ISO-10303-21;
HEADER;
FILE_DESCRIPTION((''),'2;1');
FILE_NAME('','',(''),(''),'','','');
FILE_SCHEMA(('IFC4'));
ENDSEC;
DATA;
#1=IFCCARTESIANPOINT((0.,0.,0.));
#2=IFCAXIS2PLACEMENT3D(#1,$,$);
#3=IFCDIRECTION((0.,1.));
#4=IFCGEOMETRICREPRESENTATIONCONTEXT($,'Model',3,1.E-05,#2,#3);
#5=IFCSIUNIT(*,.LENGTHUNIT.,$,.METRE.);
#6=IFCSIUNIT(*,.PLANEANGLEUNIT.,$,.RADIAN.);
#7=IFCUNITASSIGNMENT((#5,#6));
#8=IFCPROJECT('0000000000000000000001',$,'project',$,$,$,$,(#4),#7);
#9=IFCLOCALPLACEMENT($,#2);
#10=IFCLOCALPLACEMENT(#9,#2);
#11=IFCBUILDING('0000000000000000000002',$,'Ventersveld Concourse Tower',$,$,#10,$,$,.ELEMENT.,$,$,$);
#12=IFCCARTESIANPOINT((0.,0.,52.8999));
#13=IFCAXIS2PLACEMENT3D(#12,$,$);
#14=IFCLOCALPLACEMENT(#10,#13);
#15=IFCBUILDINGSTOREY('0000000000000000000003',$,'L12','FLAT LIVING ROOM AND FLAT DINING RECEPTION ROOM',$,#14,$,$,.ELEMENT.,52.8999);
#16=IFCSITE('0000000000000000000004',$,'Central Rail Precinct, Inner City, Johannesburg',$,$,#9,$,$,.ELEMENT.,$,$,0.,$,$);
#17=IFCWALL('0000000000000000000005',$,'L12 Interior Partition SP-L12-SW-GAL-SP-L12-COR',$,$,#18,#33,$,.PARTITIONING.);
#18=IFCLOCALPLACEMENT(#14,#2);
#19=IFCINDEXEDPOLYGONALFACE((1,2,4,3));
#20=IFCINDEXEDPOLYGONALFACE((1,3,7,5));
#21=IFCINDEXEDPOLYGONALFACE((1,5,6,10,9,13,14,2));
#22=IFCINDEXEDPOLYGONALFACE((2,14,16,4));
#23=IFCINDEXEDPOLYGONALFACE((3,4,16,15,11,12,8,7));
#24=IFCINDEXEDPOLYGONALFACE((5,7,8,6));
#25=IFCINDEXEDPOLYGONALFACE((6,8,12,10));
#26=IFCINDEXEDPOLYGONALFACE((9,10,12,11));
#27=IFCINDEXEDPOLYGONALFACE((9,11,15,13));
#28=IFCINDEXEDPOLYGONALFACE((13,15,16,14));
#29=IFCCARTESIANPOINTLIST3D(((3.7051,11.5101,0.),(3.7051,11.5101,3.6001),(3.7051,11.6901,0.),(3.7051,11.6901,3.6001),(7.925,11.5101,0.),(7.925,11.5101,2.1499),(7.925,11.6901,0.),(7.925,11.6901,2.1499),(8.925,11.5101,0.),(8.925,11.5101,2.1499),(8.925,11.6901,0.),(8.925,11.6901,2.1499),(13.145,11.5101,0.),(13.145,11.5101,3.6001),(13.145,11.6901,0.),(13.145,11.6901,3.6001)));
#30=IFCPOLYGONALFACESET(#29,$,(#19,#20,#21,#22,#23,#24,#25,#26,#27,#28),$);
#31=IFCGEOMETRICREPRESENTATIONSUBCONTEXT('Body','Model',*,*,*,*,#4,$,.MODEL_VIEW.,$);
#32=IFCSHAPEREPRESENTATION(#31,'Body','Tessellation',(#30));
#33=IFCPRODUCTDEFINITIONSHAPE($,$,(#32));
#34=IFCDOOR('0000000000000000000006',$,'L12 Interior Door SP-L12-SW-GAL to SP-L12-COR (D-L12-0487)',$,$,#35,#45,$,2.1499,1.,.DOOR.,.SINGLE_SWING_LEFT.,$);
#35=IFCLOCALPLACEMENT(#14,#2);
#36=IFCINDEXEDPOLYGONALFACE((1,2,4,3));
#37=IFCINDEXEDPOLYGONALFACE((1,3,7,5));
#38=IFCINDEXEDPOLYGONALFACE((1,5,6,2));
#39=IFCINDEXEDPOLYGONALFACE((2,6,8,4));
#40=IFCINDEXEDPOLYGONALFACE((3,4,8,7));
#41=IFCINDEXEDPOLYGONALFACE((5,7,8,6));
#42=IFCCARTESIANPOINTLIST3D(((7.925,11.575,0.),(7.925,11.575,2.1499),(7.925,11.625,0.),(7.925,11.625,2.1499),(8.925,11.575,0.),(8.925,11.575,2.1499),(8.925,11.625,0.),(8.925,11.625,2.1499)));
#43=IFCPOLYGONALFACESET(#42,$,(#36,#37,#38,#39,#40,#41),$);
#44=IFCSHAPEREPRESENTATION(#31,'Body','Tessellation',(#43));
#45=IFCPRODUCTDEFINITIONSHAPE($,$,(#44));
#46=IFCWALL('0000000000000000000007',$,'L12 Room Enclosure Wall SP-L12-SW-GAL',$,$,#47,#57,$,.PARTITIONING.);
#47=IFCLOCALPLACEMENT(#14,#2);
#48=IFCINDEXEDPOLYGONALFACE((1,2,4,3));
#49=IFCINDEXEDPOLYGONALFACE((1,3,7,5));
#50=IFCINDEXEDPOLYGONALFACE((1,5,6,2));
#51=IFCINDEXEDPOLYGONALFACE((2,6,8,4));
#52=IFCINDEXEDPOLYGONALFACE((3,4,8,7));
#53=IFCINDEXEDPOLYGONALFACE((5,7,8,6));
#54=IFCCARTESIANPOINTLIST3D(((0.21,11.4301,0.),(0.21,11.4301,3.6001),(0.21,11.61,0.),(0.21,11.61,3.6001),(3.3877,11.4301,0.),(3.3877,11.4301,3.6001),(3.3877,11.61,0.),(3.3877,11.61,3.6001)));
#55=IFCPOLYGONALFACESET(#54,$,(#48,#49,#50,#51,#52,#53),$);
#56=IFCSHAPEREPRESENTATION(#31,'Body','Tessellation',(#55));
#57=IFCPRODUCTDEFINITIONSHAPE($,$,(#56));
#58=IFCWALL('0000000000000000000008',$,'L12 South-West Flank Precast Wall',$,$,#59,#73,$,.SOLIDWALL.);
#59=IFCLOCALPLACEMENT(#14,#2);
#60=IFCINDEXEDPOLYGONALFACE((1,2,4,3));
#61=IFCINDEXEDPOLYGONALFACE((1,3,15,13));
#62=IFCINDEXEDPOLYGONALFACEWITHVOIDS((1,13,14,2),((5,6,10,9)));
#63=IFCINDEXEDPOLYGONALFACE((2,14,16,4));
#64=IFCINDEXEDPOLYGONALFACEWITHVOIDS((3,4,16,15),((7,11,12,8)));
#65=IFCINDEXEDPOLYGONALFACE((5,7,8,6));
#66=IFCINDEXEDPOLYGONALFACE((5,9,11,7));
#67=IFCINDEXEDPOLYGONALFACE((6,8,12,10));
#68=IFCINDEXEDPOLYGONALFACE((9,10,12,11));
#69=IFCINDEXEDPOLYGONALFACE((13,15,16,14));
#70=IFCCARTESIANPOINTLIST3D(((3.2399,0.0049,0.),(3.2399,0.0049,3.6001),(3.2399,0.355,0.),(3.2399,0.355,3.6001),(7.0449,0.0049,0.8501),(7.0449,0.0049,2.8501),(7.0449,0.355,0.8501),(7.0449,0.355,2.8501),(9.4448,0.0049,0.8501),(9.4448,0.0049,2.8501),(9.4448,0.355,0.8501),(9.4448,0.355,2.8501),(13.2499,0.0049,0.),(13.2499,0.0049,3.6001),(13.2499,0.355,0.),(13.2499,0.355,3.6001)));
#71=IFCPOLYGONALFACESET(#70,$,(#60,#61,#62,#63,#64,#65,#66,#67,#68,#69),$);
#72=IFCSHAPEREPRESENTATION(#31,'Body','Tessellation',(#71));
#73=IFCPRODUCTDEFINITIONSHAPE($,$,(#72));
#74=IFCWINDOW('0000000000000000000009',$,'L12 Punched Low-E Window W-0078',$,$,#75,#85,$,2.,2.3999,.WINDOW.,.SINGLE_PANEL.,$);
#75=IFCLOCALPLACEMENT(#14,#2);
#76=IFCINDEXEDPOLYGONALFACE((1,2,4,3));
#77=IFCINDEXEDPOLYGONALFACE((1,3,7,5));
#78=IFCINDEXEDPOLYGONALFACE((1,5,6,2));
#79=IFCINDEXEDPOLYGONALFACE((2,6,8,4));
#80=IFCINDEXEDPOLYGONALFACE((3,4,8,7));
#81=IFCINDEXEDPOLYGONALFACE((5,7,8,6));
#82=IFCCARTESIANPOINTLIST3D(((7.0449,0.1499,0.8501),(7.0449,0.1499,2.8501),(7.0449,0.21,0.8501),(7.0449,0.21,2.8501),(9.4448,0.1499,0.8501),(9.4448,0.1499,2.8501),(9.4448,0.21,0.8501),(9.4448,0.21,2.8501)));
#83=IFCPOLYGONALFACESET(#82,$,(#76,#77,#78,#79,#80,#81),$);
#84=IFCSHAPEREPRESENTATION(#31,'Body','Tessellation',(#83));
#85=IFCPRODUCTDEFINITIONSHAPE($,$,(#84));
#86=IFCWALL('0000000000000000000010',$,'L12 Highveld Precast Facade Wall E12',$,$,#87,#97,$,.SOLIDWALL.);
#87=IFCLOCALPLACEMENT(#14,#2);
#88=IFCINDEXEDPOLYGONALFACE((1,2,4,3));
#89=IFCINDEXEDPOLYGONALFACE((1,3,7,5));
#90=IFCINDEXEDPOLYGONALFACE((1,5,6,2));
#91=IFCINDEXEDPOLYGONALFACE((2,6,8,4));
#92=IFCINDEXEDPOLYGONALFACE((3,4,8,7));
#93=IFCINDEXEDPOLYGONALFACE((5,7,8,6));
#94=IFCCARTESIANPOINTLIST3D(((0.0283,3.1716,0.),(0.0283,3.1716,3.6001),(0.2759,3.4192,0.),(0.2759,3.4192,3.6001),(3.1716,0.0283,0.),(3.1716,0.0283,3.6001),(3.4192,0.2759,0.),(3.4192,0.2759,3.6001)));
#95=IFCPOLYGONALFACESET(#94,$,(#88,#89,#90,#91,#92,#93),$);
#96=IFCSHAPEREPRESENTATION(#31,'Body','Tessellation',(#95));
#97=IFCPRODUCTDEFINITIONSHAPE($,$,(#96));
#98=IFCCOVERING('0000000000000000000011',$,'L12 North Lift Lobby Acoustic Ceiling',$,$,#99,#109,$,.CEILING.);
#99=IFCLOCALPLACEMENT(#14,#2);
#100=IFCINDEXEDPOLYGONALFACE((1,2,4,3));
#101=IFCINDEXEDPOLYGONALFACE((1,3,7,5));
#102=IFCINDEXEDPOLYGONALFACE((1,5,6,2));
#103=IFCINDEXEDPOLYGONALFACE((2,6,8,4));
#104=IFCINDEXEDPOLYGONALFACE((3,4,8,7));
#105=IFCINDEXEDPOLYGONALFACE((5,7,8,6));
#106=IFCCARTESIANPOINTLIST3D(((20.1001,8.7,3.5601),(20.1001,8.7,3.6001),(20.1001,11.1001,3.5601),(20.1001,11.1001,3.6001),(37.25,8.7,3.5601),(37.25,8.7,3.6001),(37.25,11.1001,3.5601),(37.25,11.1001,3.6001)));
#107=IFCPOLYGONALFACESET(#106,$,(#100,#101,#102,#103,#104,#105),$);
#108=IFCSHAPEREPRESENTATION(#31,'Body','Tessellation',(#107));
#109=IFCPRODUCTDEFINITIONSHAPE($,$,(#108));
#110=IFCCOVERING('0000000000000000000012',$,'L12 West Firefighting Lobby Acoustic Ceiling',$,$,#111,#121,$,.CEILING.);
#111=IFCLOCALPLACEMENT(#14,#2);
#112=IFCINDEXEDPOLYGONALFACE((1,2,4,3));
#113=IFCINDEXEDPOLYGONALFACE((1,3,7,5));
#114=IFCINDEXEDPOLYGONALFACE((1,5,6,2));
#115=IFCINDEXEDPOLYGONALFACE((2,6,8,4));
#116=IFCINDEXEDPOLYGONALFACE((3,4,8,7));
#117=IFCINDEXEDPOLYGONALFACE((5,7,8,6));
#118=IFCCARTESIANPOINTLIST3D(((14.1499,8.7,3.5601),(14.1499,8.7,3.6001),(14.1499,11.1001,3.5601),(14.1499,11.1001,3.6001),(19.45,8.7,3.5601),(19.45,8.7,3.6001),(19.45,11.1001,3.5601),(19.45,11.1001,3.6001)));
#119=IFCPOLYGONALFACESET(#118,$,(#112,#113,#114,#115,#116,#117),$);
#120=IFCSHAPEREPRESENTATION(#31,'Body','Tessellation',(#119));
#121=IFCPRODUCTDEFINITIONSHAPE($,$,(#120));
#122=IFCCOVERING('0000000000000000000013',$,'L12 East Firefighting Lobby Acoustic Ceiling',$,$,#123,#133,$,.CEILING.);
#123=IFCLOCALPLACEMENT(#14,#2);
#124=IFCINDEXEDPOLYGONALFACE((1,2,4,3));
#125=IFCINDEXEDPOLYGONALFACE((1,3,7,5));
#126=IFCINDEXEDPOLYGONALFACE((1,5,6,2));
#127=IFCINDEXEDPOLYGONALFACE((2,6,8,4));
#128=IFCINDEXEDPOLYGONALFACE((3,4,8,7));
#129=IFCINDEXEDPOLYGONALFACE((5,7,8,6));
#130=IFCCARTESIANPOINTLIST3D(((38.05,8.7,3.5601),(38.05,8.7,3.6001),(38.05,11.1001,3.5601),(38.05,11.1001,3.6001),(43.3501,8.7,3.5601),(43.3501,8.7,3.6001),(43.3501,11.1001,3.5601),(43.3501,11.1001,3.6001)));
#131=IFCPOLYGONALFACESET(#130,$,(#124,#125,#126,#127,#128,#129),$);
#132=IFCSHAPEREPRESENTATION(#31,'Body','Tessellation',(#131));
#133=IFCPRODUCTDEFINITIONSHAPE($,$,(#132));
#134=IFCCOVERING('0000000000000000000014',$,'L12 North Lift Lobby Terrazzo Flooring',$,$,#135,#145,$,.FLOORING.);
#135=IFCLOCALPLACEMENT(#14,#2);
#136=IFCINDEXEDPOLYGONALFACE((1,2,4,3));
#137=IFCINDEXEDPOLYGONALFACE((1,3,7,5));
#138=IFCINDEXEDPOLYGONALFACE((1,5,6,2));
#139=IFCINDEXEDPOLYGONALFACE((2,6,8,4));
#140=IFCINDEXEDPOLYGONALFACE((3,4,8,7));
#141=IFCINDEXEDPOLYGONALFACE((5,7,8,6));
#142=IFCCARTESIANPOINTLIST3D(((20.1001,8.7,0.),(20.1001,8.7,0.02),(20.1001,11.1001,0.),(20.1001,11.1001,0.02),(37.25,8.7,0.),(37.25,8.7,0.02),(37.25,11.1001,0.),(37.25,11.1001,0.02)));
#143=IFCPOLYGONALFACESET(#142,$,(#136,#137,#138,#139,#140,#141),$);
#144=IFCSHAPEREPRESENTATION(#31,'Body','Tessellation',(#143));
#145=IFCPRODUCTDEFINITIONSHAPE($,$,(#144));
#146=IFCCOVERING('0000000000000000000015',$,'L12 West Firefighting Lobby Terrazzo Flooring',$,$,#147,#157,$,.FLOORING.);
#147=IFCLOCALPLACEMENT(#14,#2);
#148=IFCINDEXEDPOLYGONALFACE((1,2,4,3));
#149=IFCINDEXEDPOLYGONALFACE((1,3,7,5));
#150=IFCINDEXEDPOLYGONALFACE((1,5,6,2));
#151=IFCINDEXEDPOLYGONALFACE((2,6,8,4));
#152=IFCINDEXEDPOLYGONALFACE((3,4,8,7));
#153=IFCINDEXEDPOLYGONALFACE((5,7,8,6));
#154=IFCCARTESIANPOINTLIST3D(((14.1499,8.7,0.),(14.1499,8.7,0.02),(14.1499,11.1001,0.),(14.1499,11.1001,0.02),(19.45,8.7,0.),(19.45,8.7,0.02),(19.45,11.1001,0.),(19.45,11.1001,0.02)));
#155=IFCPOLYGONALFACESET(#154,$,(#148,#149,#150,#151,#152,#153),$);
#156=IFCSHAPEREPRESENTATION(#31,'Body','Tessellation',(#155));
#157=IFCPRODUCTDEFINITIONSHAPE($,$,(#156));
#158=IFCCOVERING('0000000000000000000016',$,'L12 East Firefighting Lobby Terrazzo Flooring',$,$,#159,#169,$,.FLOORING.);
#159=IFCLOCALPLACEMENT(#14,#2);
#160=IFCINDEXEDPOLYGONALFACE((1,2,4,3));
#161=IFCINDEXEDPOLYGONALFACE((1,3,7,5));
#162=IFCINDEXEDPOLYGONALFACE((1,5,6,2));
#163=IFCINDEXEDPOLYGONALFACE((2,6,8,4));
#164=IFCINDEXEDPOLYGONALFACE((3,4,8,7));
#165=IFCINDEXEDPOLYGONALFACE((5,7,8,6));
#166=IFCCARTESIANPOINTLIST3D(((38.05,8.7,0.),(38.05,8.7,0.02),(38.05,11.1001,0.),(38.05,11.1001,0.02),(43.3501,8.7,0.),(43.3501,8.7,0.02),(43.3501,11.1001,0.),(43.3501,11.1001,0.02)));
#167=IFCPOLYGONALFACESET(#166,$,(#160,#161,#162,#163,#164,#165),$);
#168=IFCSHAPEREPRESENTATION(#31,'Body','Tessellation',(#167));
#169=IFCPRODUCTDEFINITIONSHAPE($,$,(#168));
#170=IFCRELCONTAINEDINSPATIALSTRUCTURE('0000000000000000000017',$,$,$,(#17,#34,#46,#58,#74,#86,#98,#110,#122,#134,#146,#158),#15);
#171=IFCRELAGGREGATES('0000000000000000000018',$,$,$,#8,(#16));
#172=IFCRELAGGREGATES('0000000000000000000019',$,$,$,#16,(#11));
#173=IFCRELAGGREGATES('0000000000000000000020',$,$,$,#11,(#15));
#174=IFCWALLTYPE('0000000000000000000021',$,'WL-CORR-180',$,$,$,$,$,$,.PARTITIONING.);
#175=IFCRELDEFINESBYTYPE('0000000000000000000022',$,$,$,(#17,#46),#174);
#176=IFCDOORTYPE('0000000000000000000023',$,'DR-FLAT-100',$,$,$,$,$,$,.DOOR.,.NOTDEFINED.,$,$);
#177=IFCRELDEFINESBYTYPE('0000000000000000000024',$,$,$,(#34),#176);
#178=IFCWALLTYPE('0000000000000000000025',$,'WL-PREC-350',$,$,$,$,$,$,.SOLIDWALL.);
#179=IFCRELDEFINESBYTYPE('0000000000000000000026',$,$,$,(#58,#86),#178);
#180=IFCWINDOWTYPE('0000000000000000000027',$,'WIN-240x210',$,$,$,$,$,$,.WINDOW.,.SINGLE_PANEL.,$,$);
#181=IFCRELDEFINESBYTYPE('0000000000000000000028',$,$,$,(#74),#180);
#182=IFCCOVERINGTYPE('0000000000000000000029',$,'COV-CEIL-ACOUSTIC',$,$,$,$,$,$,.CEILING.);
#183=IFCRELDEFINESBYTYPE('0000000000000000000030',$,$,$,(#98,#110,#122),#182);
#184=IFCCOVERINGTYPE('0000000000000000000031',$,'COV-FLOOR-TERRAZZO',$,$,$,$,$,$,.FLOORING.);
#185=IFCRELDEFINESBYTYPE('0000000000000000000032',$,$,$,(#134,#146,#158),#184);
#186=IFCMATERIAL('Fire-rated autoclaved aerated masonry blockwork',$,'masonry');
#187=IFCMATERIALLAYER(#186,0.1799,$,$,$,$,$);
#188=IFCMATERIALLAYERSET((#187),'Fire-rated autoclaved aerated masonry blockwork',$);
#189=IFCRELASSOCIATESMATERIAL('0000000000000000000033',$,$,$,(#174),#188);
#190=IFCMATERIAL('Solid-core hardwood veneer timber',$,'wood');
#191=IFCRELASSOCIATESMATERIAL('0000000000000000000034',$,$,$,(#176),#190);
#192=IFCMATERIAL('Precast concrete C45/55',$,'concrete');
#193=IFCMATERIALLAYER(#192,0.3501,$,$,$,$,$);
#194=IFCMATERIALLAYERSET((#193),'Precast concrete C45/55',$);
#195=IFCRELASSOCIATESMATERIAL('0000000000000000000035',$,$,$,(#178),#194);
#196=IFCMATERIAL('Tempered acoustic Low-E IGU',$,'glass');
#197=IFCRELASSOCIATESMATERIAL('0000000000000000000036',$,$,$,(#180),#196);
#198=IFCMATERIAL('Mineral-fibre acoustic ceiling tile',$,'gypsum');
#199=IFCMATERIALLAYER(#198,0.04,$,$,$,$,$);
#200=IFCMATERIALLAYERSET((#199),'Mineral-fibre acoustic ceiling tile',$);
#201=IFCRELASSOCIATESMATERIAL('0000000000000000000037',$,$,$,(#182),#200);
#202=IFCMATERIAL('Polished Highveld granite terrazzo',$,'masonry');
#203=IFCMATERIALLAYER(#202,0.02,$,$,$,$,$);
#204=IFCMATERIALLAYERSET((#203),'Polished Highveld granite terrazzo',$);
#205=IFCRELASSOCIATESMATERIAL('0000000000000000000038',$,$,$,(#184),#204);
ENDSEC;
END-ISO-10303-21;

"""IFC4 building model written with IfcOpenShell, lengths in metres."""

from ifc_helpers import new_model, si_unit, direction, frame, frame_2d, origin, place, context, subcontext, project, spatial, polyline, rectangle, outline, extrude, material, layer, layer_set, type_object, element, fill, save


model = new_model("IFC4")

# Units and contexts
model_context = context("Model", 3, precision=1e-05, world=origin(), true_north=direction((0.0, 1.0)))
body_context = subcontext(model_context, "Body", "Model", "MODEL_VIEW")
ifc_project = project(units=[si_unit("LENGTHUNIT", "METRE"), si_unit("PLANEANGLEUNIT", "RADIAN")], contexts=[model_context])

# Site, building, storey
site_placement = place(None, origin())
site = spatial("IfcSite", under=ifc_project, at=site_placement, Name="Central Rail Precinct, Inner City, Johannesburg", CompositionType="ELEMENT", RefElevation=0.0)
building_placement = place(site_placement, origin())
building = spatial("IfcBuilding", under=site, at=building_placement, Name="Ventersveld Concourse Tower", CompositionType="ELEMENT")
storey_placement = place(building_placement, frame((0.0, 0.0, 52.8999)))
storey = spatial("IfcBuildingStorey", under=building, at=storey_placement, Name="L12", Description="FLAT LIVING ROOM AND FLAT DINING RECEPTION ROOM", CompositionType="ELEMENT", Elevation=52.8999)

# Wall, opening, door
ifc_material_1 = material(Name="Fire-rated autoclaved aerated masonry blockwork", Category="masonry")
ifc_layer_1 = layer(ifc_material_1, 0.1799)
ifc_layer_set_1 = layer_set([ifc_layer_1], Name="Fire-rated autoclaved aerated masonry blockwork")
wall_type_1 = type_object("IfcWallType", Name="WL-CORR-180", PredefinedType="PARTITIONING", material=ifc_layer_set_1)
wall_1_placement = place(storey_placement, frame((3.7051, 11.6001, 0.0), z_axis=(0.0, 0.0, 1.0), x_axis=(1.0, 0.0, 0.0)))
wall_1 = element("IfcWall", 1, at=wall_1_placement, inside=storey, type_object=wall_type_1, Name="L12 Interior Partition SP-L12-SW-GAL-SP-L12-COR", PredefinedType="PARTITIONING", context=body_context, shape_type="SweptSolid", body=[
    extrude(rectangle(XDim=9.4399, YDim=0.1799, at=frame_2d((4.72, 0.0))), origin(), (0.0, 0.0, 1.0), 3.6001),
])
opening_1_placement = place(wall_1_placement, frame((4.22, 0.0, 0.0)))
opening_1 = element("IfcOpeningElement", 2, at=opening_1_placement, cuts=wall_1, PredefinedType="OPENING", context=body_context, shape_type="SweptSolid", body=[
    extrude(rectangle(XDim=1.0, YDim=2.1499, at=frame_2d((0.5, 1.075))), frame((0.0, 0.1001, 0.0), z_axis=(0.0, -1.0, 0.0), x_axis=(1.0, 0.0, 0.0)), (0.0, 0.0, 1.0), 0.2),
])
ifc_material_2 = material(Name="Solid-core hardwood veneer timber", Category="wood")
door_type = type_object("IfcDoorType", Name="DR-FLAT-100", OperationType="NOTDEFINED", PredefinedType="DOOR", material=ifc_material_2)
door_placement = place(opening_1_placement, origin())
door = element("IfcDoor", 3, at=door_placement, inside=storey, type_object=door_type, Name="L12 Interior Door SP-L12-SW-GAL to SP-L12-COR (D-L12-0487)", OperationType="SINGLE_SWING_LEFT", OverallHeight=2.1499, OverallWidth=1.0, PredefinedType="DOOR", context=body_context, shape_type="SweptSolid", body=[
    extrude(rectangle(XDim=1.0, YDim=2.1499, at=frame_2d((0.5, 1.075))), frame((0.0, 0.0249, 0.0), z_axis=(0.0, -1.0, 0.0), x_axis=(1.0, 0.0, 0.0)), (0.0, 0.0, 1.0), 0.05),
])
fill(opening_1, door)

# Wall
wall_2_placement = place(storey_placement, frame((0.21, 11.52, 0.0), z_axis=(0.0, 0.0, 1.0), x_axis=(1.0, 0.0, 0.0)))
element("IfcWall", 4, at=wall_2_placement, inside=storey, type_object=wall_type_1, Name="L12 Room Enclosure Wall SP-L12-SW-GAL", PredefinedType="PARTITIONING", context=body_context, shape_type="SweptSolid", body=[
    extrude(rectangle(XDim=3.1777, YDim=0.1799, at=frame_2d((1.5889, 0.0))), origin(), (0.0, 0.0, 1.0), 3.6001),
])

# Wall, opening, window
ifc_material_3 = material(Name="Precast concrete C45/55", Category="concrete")
ifc_layer_2 = layer(ifc_material_3, 0.3501)
ifc_layer_set_2 = layer_set([ifc_layer_2], Name="Precast concrete C45/55")
wall_type_2 = type_object("IfcWallType", Name="WL-PREC-350", PredefinedType="SOLIDWALL", material=ifc_layer_set_2)
wall_3_placement = place(storey_placement, frame((3.24, 0.1799, 0.0), z_axis=(0.0, 0.0, 1.0), x_axis=(1.0, 0.0, 0.0)))
wall_3 = element("IfcWall", 5, at=wall_3_placement, inside=storey, type_object=wall_type_2, Name="L12 South-West Flank Precast Wall", PredefinedType="SOLIDWALL", context=body_context, shape_type="SweptSolid", body=[
    extrude(rectangle(XDim=10.01, YDim=0.3501, at=frame_2d((5.0049, 0.0))), origin(), (0.0, 0.0, 1.0), 3.6001),
])
opening_2_placement = place(wall_3_placement, frame((3.8049, 0.0, 0.8501)))
opening_2 = element("IfcOpeningElement", 6, at=opening_2_placement, cuts=wall_3, PredefinedType="OPENING", context=body_context, shape_type="SweptSolid", body=[
    extrude(rectangle(XDim=2.3999, YDim=2.0, at=frame_2d((1.2, 1.0))), frame((0.0, 0.1851, 0.0), z_axis=(0.0, -1.0, 0.0), x_axis=(1.0, 0.0, 0.0)), (0.0, 0.0, 1.0), 0.3701),
])
ifc_material_4 = material(Name="Tempered acoustic Low-E IGU", Category="glass")
window_type = type_object("IfcWindowType", Name="WIN-240x210", PartitioningType="SINGLE_PANEL", PredefinedType="WINDOW", material=ifc_material_4)
window_placement = place(opening_2_placement, origin())
window = element("IfcWindow", 7, at=window_placement, inside=storey, type_object=window_type, Name="L12 Punched Low-E Window W-0078", OverallHeight=2.0, OverallWidth=2.3999, PartitioningType="SINGLE_PANEL", PredefinedType="WINDOW", context=body_context, shape_type="SweptSolid", body=[
    extrude(rectangle(XDim=2.3999, YDim=2.0, at=frame_2d((1.2, 1.0))), frame((0.0, 0.03, 0.0), z_axis=(0.0, -1.0, 0.0), x_axis=(1.0, 0.0, 0.0)), (0.0, 0.0, 1.0), 0.0601),
])
fill(opening_2, window)

# Wall
wall_4_placement = place(storey_placement, frame((0.1521, 3.2954, 0.0), z_axis=(0.0, 0.0, 1.0), x_axis=(0.707107, -0.707107, 0.0)))
element("IfcWall", 8, at=wall_4_placement, inside=storey, type_object=wall_type_2, Name="L12 Highveld Precast Facade Wall E12", PredefinedType="SOLIDWALL", context=body_context, shape_type="SweptSolid", body=[
    extrude(rectangle(XDim=4.4453, YDim=0.3501, at=frame_2d((2.2227, 0.0))), origin(), (0.0, 0.0, 1.0), 3.6001),
])

# Coverings
ifc_material_5 = material(Name="Mineral-fibre acoustic ceiling tile", Category="gypsum")
ifc_layer_3 = layer(ifc_material_5, 0.04)
ifc_layer_set_3 = layer_set([ifc_layer_3], Name="Mineral-fibre acoustic ceiling tile")
covering_type_1 = type_object("IfcCoveringType", Name="COV-CEIL-ACOUSTIC", PredefinedType="CEILING", material=ifc_layer_set_3)
covering_1_placement = place(storey_placement, frame((0.0, 0.0, 3.5601)))
element("IfcCovering", 9, at=covering_1_placement, inside=storey, type_object=covering_type_1, Name="L12 North Lift Lobby Acoustic Ceiling", PredefinedType="CEILING", context=body_context, shape_type="SweptSolid", body=[
    extrude(outline(polyline([(20.1001, 8.7), (37.25, 8.7), (37.25, 11.1001), (20.1001, 11.1001), (20.1001, 8.7)])), origin(), (0.0, 0.0, 1.0), 0.04),
])
covering_2_placement = place(storey_placement, frame((0.0, 0.0, 3.5601)))
element("IfcCovering", 10, at=covering_2_placement, inside=storey, type_object=covering_type_1, Name="L12 West Firefighting Lobby Acoustic Ceiling", PredefinedType="CEILING", context=body_context, shape_type="SweptSolid", body=[
    extrude(outline(polyline([(14.1499, 8.7), (19.45, 8.7), (19.45, 11.1001), (14.1499, 11.1001), (14.1499, 8.7)])), origin(), (0.0, 0.0, 1.0), 0.04),
])
covering_3_placement = place(storey_placement, frame((0.0, 0.0, 3.5601)))
element("IfcCovering", 11, at=covering_3_placement, inside=storey, type_object=covering_type_1, Name="L12 East Firefighting Lobby Acoustic Ceiling", PredefinedType="CEILING", context=body_context, shape_type="SweptSolid", body=[
    extrude(outline(polyline([(38.05, 8.7), (43.3501, 8.7), (43.3501, 11.1001), (38.05, 11.1001), (38.05, 8.7)])), origin(), (0.0, 0.0, 1.0), 0.04),
])
ifc_material_6 = material(Name="Polished Highveld granite terrazzo", Category="masonry")
ifc_layer_4 = layer(ifc_material_6, 0.02)
ifc_layer_set_4 = layer_set([ifc_layer_4], Name="Polished Highveld granite terrazzo")
covering_type_2 = type_object("IfcCoveringType", Name="COV-FLOOR-TERRAZZO", PredefinedType="FLOORING", material=ifc_layer_set_4)
covering_4_placement = place(storey_placement, origin())
element("IfcCovering", 12, at=covering_4_placement, inside=storey, type_object=covering_type_2, Name="L12 North Lift Lobby Terrazzo Flooring", PredefinedType="FLOORING", context=body_context, shape_type="SweptSolid", body=[
    extrude(outline(polyline([(20.1001, 8.7), (37.25, 8.7), (37.25, 11.1001), (20.1001, 11.1001), (20.1001, 8.7)])), origin(), (0.0, 0.0, 1.0), 0.02),
])
covering_5_placement = place(storey_placement, origin())
element("IfcCovering", 13, at=covering_5_placement, inside=storey, type_object=covering_type_2, Name="L12 West Firefighting Lobby Terrazzo Flooring", PredefinedType="FLOORING", context=body_context, shape_type="SweptSolid", body=[
    extrude(outline(polyline([(14.1499, 8.7), (19.45, 8.7), (19.45, 11.1001), (14.1499, 11.1001), (14.1499, 8.7)])), origin(), (0.0, 0.0, 1.0), 0.02),
])
covering_6_placement = place(storey_placement, origin())
element("IfcCovering", 14, at=covering_6_placement, inside=storey, type_object=covering_type_2, Name="L12 East Firefighting Lobby Terrazzo Flooring", PredefinedType="FLOORING", context=body_context, shape_type="SweptSolid", body=[
    extrude(outline(polyline([(38.05, 8.7), (43.3501, 8.7), (43.3501, 11.1001), (38.05, 11.1001), (38.05, 8.7)])), origin(), (0.0, 0.0, 1.0), 0.02),
])

save(model, "model.ifc")
